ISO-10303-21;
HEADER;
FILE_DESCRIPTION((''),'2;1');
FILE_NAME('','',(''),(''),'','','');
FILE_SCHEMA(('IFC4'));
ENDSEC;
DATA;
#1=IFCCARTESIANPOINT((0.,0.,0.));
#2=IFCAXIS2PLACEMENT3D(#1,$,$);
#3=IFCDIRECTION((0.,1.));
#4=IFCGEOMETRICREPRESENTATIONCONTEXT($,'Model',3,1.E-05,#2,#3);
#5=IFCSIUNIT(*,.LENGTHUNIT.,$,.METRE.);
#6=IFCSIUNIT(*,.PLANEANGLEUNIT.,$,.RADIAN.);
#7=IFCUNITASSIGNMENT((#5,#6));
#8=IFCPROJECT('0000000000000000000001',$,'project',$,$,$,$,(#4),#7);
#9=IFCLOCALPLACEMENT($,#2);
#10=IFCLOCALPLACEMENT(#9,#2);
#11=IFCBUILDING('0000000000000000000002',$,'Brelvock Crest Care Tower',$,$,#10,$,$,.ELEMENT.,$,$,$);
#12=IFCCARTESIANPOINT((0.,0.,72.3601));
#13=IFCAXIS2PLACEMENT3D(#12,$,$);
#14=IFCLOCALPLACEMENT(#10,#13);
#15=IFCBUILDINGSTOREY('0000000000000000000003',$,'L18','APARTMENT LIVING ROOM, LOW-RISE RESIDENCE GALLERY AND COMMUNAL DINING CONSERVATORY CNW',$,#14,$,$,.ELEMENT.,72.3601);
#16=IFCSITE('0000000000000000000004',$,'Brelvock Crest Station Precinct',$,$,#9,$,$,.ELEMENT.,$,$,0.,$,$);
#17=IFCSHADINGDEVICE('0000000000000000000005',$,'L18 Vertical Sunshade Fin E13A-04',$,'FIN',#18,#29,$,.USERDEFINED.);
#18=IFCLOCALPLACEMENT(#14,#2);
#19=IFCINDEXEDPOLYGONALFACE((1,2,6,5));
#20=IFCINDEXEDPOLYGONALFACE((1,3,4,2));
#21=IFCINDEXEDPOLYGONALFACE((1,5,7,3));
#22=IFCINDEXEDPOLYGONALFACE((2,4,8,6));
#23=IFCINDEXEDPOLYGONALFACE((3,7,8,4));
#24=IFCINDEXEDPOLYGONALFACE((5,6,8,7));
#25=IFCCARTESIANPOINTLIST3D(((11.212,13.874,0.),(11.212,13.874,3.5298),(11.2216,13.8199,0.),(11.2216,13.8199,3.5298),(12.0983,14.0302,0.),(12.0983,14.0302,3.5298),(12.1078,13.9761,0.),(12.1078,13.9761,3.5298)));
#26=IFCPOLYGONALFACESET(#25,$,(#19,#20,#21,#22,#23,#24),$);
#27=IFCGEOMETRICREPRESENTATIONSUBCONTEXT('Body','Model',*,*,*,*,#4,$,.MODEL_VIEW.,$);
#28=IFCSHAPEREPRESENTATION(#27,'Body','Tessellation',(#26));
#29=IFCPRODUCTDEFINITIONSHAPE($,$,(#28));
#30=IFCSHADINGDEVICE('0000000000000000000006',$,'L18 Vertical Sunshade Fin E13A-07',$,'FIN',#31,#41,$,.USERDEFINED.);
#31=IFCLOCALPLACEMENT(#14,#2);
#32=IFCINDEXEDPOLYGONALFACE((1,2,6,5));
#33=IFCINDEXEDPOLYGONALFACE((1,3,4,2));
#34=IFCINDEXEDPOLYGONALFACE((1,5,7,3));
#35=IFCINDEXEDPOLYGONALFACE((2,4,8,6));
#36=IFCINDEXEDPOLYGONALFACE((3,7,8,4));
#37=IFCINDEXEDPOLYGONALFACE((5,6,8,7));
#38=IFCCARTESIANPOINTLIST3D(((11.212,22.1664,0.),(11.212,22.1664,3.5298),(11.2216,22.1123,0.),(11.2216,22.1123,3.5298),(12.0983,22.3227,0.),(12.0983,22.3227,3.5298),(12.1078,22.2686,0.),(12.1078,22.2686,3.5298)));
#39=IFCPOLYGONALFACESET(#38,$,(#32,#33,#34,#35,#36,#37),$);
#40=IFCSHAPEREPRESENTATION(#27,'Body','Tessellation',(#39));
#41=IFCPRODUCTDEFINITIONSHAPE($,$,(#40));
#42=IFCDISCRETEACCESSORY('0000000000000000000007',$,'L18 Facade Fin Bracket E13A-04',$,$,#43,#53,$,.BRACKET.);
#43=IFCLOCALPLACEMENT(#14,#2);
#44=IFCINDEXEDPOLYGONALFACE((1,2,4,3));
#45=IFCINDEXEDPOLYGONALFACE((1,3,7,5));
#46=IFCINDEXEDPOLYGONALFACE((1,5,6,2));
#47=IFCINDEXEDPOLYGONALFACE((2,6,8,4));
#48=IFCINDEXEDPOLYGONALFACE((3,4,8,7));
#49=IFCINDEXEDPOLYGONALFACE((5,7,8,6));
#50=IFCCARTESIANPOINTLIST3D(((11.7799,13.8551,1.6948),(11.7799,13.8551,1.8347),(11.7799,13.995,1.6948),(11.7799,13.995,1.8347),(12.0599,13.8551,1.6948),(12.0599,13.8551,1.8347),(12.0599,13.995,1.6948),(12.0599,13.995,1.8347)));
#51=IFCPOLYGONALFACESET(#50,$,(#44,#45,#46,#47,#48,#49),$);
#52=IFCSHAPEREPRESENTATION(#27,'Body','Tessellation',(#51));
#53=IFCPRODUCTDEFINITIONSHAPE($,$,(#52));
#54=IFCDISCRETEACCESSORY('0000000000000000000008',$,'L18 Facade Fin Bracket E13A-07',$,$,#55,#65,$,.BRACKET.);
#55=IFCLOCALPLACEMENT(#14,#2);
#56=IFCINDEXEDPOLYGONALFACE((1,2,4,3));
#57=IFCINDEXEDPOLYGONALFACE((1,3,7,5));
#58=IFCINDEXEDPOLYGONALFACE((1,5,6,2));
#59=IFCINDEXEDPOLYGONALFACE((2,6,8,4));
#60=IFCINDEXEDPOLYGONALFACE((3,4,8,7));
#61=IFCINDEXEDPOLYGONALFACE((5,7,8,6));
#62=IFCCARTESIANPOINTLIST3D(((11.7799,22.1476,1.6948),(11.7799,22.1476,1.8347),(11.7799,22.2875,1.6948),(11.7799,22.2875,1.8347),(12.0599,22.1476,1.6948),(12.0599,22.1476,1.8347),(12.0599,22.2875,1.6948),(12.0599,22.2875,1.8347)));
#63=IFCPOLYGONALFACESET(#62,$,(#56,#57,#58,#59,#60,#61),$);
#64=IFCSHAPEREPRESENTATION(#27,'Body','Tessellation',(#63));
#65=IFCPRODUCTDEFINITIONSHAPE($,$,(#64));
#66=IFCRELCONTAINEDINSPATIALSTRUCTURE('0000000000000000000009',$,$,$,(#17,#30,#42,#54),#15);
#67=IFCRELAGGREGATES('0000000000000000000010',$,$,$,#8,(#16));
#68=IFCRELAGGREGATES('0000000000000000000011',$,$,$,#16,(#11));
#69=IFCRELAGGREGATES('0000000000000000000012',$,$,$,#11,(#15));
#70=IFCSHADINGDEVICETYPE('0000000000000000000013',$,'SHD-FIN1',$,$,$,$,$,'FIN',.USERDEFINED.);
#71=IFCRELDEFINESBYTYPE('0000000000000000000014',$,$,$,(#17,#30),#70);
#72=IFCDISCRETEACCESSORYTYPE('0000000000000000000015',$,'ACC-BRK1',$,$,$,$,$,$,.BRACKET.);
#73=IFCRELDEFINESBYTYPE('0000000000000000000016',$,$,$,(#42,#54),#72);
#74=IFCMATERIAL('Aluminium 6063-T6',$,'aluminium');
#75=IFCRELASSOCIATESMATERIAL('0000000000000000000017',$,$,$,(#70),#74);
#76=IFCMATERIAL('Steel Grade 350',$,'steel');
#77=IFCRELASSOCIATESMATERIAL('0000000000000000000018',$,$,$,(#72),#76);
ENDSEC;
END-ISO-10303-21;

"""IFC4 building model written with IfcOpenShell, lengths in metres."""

from ifc_helpers import new_model, si_unit, direction, frame, origin, origin_2d, place, context, subcontext, project, spatial, rectangle, extrude, source, transform, mapped, material, material_profile, profile_set, type_object, element, save


model = new_model("IFC4")

# Units and contexts
model_context = context("Model", 3, precision=1e-05, world=origin(), true_north=direction((0.0, 1.0)))
body_context = subcontext(model_context, "Body", "Model", "MODEL_VIEW")
ifc_project = project(units=[si_unit("LENGTHUNIT", "METRE"), si_unit("PLANEANGLEUNIT", "RADIAN")], contexts=[model_context])

# Site, building, storey
site_placement = place(None, origin())
site = spatial("IfcSite", under=ifc_project, at=site_placement, Name="Brelvock Crest Station Precinct", CompositionType="ELEMENT", RefElevation=0.0)
building_placement = place(site_placement, origin())
building = spatial("IfcBuilding", under=site, at=building_placement, Name="Brelvock Crest Care Tower", CompositionType="ELEMENT")
storey_placement = place(building_placement, frame((0.0, 0.0, 72.3601)))
storey = spatial("IfcBuildingStorey", under=building, at=storey_placement, Name="L18", Description="APARTMENT LIVING ROOM, LOW-RISE RESIDENCE GALLERY AND COMMUNAL DINING CONSERVATORY CNW", CompositionType="ELEMENT", Elevation=72.3601)

# Shared definitions
ifc_material_1 = material(Name="Steel Grade 350", Category="steel")

# Shared definitions
ifc_material_2 = material(Name="Aluminium 6063-T6", Category="aluminium")

# Shading devices
ifc_material_profile_1 = material_profile(ifc_material_2, rectangle(XDim=0.0549, YDim=0.8999, at=origin_2d()), Name="FIN55x900")
ifc_profile_set_1 = profile_set([ifc_material_profile_1], Name="Aluminium 6063-T6")
shading_device_type = type_object("IfcShadingDeviceType", Name="SHD-FIN1", ElementType="FIN", PredefinedType="USERDEFINED", material=ifc_profile_set_1)
shared_shape_1 = source(origin(), body_context, "Body", "SweptSolid", [
    extrude(rectangle(XDim=0.0549, YDim=0.8999, at=origin_2d()), origin(), (0.0, 0.0, 1.0), 3.5298),
])
for number, where, z_axis, x_axis, name in (
    (1, (11.6599, 13.925, 0.0), (0.0, 0.0, 1.0), (-0.173648, 0.984808, 0.0), "L18 Vertical Sunshade Fin E13A-04"),
    (2, (11.6599, 22.2175, 0.0), (0.0, 0.0, 1.0), (-0.173648, 0.984808, 0.0), "L18 Vertical Sunshade Fin E13A-07"),
):
    element("IfcShadingDevice", number, at=place(storey_placement, frame(where, z_axis=z_axis, x_axis=x_axis)), inside=storey, type_object=shading_device_type, Name=name, ObjectType="FIN", PredefinedType="USERDEFINED", context=body_context, shape_type="MappedRepresentation", body=[
        mapped(shared_shape_1, transform((0.0, 0.0, 0.0), x_axis=(1.0, 0.0, 0.0), y_axis=(0.0, 1.0, 0.0), z_axis=(0.0, 0.0, 1.0), scale=1.0)),
    ])

# Discrete accessories
discrete_accessory_type = type_object("IfcDiscreteAccessoryType", Name="ACC-BRK1", PredefinedType="BRACKET", material=ifc_material_1)
shared_shape_2 = source(origin(), body_context, "Body", "SweptSolid", [
    extrude(rectangle(XDim=0.28, YDim=0.1399, at=origin_2d()), origin(), (0.0, 0.0, 1.0), 0.1399),
])
for number, where, z_axis, x_axis, name in (
    (3, (11.9199, 13.925, 1.6948), (0.0, 0.0, 1.0), (-1.0, 0.0, 0.0), "L18 Facade Fin Bracket E13A-04"),
    (4, (11.9199, 22.2175, 1.6948), (0.0, 0.0, 1.0), (-1.0, 0.0, 0.0), "L18 Facade Fin Bracket E13A-07"),
):
    element("IfcDiscreteAccessory", number, at=place(storey_placement, frame(where, z_axis=z_axis, x_axis=x_axis)), inside=storey, type_object=discrete_accessory_type, Name=name, PredefinedType="BRACKET", context=body_context, shape_type="MappedRepresentation", body=[
        mapped(shared_shape_2, transform((0.0, 0.0, 0.0), x_axis=(1.0, 0.0, 0.0), y_axis=(0.0, 1.0, 0.0), z_axis=(0.0, 0.0, 1.0), scale=1.0)),
    ])

save(model, "model.ifc")
